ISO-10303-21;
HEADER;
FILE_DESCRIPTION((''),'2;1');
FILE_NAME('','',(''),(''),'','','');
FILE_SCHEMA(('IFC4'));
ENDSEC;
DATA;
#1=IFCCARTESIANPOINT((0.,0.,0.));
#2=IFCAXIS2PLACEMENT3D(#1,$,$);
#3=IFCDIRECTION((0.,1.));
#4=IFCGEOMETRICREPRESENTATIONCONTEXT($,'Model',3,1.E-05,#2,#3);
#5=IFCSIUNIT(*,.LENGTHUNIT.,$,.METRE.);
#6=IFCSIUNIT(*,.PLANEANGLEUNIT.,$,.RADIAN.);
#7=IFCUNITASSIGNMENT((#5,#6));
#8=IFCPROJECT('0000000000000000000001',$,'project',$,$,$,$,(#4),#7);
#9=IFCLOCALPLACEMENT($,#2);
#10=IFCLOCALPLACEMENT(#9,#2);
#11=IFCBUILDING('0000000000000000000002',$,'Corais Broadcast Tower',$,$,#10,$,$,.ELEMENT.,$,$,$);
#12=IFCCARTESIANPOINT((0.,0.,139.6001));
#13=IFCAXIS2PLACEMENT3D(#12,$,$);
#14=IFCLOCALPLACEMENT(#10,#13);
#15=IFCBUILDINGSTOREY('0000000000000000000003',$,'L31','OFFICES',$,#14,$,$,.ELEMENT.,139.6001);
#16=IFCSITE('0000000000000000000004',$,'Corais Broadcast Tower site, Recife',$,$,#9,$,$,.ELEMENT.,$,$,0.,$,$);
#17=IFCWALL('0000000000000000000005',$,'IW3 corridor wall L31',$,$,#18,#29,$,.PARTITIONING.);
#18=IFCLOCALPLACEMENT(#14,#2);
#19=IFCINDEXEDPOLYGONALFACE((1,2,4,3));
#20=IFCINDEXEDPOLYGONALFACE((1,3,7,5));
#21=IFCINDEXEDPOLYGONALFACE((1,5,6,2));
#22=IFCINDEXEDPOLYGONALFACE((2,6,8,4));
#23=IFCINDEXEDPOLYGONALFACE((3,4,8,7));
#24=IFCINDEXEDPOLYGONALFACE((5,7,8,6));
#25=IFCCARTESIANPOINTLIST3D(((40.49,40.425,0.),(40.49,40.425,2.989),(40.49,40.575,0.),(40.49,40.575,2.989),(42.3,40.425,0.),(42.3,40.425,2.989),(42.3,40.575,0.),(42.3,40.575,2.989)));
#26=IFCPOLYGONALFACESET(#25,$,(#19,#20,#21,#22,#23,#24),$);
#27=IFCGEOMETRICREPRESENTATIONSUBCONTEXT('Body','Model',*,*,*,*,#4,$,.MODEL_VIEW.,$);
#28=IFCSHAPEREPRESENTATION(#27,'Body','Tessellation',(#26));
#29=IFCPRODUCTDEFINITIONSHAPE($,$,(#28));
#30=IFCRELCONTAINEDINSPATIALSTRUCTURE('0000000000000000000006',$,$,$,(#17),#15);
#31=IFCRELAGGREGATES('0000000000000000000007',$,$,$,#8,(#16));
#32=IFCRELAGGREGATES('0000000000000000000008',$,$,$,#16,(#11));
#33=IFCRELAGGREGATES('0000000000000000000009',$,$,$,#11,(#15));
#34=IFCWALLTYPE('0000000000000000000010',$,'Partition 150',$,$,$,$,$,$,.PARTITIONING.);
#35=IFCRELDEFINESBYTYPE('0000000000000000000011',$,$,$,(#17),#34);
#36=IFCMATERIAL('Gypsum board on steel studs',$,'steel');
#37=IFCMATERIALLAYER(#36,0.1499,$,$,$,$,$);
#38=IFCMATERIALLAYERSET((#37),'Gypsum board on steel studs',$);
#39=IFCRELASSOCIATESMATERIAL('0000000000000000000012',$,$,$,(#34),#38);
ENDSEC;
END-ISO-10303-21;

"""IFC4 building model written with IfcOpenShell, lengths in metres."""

from ifc_helpers import new_model, si_unit, direction, frame, frame_2d, origin, place, context, subcontext, project, spatial, rectangle, extrude, material, layer, layer_set, type_object, element, save


model = new_model("IFC4")

# Units and contexts
model_context = context("Model", 3, precision=1e-05, world=origin(), true_north=direction((0.0, 1.0)))
body_context = subcontext(model_context, "Body", "Model", "MODEL_VIEW")
ifc_project = project(units=[si_unit("LENGTHUNIT", "METRE"), si_unit("PLANEANGLEUNIT", "RADIAN")], contexts=[model_context])

# Site, building, storey
site_placement = place(None, origin())
site = spatial("IfcSite", under=ifc_project, at=site_placement, Name="Corais Broadcast Tower site, Recife", CompositionType="ELEMENT", RefElevation=0.0)
building_placement = place(site_placement, origin())
building = spatial("IfcBuilding", under=site, at=building_placement, Name="Corais Broadcast Tower", CompositionType="ELEMENT")
storey_placement = place(building_placement, frame((0.0, 0.0, 139.6001)))
storey = spatial("IfcBuildingStorey", under=building, at=storey_placement, Name="L31", Description="OFFICES", CompositionType="ELEMENT", Elevation=139.6001)

# Wall
ifc_material_1 = material(Name="Gypsum board on steel studs", Category="steel")
ifc_layer_1 = layer(ifc_material_1, 0.1499)
ifc_layer_set_1 = layer_set([ifc_layer_1], Name="Gypsum board on steel studs")
wall_type = type_object("IfcWallType", Name="Partition 150", PredefinedType="PARTITIONING", material=ifc_layer_set_1)
wall_placement = place(storey_placement, frame((42.3, 40.5, 0.0), z_axis=(0.0, 0.0, 1.0), x_axis=(-1.0, 0.0, 0.0)))
element("IfcWall", 1, at=wall_placement, inside=storey, type_object=wall_type, Name="IW3 corridor wall L31", PredefinedType="PARTITIONING", context=body_context, shape_type="SweptSolid", body=[
    extrude(rectangle(XDim=1.8101, YDim=0.1499, at=frame_2d((0.905, 0.0))), origin(), (0.0, 0.0, 1.0), 2.989),
])

save(model, "model.ifc")
